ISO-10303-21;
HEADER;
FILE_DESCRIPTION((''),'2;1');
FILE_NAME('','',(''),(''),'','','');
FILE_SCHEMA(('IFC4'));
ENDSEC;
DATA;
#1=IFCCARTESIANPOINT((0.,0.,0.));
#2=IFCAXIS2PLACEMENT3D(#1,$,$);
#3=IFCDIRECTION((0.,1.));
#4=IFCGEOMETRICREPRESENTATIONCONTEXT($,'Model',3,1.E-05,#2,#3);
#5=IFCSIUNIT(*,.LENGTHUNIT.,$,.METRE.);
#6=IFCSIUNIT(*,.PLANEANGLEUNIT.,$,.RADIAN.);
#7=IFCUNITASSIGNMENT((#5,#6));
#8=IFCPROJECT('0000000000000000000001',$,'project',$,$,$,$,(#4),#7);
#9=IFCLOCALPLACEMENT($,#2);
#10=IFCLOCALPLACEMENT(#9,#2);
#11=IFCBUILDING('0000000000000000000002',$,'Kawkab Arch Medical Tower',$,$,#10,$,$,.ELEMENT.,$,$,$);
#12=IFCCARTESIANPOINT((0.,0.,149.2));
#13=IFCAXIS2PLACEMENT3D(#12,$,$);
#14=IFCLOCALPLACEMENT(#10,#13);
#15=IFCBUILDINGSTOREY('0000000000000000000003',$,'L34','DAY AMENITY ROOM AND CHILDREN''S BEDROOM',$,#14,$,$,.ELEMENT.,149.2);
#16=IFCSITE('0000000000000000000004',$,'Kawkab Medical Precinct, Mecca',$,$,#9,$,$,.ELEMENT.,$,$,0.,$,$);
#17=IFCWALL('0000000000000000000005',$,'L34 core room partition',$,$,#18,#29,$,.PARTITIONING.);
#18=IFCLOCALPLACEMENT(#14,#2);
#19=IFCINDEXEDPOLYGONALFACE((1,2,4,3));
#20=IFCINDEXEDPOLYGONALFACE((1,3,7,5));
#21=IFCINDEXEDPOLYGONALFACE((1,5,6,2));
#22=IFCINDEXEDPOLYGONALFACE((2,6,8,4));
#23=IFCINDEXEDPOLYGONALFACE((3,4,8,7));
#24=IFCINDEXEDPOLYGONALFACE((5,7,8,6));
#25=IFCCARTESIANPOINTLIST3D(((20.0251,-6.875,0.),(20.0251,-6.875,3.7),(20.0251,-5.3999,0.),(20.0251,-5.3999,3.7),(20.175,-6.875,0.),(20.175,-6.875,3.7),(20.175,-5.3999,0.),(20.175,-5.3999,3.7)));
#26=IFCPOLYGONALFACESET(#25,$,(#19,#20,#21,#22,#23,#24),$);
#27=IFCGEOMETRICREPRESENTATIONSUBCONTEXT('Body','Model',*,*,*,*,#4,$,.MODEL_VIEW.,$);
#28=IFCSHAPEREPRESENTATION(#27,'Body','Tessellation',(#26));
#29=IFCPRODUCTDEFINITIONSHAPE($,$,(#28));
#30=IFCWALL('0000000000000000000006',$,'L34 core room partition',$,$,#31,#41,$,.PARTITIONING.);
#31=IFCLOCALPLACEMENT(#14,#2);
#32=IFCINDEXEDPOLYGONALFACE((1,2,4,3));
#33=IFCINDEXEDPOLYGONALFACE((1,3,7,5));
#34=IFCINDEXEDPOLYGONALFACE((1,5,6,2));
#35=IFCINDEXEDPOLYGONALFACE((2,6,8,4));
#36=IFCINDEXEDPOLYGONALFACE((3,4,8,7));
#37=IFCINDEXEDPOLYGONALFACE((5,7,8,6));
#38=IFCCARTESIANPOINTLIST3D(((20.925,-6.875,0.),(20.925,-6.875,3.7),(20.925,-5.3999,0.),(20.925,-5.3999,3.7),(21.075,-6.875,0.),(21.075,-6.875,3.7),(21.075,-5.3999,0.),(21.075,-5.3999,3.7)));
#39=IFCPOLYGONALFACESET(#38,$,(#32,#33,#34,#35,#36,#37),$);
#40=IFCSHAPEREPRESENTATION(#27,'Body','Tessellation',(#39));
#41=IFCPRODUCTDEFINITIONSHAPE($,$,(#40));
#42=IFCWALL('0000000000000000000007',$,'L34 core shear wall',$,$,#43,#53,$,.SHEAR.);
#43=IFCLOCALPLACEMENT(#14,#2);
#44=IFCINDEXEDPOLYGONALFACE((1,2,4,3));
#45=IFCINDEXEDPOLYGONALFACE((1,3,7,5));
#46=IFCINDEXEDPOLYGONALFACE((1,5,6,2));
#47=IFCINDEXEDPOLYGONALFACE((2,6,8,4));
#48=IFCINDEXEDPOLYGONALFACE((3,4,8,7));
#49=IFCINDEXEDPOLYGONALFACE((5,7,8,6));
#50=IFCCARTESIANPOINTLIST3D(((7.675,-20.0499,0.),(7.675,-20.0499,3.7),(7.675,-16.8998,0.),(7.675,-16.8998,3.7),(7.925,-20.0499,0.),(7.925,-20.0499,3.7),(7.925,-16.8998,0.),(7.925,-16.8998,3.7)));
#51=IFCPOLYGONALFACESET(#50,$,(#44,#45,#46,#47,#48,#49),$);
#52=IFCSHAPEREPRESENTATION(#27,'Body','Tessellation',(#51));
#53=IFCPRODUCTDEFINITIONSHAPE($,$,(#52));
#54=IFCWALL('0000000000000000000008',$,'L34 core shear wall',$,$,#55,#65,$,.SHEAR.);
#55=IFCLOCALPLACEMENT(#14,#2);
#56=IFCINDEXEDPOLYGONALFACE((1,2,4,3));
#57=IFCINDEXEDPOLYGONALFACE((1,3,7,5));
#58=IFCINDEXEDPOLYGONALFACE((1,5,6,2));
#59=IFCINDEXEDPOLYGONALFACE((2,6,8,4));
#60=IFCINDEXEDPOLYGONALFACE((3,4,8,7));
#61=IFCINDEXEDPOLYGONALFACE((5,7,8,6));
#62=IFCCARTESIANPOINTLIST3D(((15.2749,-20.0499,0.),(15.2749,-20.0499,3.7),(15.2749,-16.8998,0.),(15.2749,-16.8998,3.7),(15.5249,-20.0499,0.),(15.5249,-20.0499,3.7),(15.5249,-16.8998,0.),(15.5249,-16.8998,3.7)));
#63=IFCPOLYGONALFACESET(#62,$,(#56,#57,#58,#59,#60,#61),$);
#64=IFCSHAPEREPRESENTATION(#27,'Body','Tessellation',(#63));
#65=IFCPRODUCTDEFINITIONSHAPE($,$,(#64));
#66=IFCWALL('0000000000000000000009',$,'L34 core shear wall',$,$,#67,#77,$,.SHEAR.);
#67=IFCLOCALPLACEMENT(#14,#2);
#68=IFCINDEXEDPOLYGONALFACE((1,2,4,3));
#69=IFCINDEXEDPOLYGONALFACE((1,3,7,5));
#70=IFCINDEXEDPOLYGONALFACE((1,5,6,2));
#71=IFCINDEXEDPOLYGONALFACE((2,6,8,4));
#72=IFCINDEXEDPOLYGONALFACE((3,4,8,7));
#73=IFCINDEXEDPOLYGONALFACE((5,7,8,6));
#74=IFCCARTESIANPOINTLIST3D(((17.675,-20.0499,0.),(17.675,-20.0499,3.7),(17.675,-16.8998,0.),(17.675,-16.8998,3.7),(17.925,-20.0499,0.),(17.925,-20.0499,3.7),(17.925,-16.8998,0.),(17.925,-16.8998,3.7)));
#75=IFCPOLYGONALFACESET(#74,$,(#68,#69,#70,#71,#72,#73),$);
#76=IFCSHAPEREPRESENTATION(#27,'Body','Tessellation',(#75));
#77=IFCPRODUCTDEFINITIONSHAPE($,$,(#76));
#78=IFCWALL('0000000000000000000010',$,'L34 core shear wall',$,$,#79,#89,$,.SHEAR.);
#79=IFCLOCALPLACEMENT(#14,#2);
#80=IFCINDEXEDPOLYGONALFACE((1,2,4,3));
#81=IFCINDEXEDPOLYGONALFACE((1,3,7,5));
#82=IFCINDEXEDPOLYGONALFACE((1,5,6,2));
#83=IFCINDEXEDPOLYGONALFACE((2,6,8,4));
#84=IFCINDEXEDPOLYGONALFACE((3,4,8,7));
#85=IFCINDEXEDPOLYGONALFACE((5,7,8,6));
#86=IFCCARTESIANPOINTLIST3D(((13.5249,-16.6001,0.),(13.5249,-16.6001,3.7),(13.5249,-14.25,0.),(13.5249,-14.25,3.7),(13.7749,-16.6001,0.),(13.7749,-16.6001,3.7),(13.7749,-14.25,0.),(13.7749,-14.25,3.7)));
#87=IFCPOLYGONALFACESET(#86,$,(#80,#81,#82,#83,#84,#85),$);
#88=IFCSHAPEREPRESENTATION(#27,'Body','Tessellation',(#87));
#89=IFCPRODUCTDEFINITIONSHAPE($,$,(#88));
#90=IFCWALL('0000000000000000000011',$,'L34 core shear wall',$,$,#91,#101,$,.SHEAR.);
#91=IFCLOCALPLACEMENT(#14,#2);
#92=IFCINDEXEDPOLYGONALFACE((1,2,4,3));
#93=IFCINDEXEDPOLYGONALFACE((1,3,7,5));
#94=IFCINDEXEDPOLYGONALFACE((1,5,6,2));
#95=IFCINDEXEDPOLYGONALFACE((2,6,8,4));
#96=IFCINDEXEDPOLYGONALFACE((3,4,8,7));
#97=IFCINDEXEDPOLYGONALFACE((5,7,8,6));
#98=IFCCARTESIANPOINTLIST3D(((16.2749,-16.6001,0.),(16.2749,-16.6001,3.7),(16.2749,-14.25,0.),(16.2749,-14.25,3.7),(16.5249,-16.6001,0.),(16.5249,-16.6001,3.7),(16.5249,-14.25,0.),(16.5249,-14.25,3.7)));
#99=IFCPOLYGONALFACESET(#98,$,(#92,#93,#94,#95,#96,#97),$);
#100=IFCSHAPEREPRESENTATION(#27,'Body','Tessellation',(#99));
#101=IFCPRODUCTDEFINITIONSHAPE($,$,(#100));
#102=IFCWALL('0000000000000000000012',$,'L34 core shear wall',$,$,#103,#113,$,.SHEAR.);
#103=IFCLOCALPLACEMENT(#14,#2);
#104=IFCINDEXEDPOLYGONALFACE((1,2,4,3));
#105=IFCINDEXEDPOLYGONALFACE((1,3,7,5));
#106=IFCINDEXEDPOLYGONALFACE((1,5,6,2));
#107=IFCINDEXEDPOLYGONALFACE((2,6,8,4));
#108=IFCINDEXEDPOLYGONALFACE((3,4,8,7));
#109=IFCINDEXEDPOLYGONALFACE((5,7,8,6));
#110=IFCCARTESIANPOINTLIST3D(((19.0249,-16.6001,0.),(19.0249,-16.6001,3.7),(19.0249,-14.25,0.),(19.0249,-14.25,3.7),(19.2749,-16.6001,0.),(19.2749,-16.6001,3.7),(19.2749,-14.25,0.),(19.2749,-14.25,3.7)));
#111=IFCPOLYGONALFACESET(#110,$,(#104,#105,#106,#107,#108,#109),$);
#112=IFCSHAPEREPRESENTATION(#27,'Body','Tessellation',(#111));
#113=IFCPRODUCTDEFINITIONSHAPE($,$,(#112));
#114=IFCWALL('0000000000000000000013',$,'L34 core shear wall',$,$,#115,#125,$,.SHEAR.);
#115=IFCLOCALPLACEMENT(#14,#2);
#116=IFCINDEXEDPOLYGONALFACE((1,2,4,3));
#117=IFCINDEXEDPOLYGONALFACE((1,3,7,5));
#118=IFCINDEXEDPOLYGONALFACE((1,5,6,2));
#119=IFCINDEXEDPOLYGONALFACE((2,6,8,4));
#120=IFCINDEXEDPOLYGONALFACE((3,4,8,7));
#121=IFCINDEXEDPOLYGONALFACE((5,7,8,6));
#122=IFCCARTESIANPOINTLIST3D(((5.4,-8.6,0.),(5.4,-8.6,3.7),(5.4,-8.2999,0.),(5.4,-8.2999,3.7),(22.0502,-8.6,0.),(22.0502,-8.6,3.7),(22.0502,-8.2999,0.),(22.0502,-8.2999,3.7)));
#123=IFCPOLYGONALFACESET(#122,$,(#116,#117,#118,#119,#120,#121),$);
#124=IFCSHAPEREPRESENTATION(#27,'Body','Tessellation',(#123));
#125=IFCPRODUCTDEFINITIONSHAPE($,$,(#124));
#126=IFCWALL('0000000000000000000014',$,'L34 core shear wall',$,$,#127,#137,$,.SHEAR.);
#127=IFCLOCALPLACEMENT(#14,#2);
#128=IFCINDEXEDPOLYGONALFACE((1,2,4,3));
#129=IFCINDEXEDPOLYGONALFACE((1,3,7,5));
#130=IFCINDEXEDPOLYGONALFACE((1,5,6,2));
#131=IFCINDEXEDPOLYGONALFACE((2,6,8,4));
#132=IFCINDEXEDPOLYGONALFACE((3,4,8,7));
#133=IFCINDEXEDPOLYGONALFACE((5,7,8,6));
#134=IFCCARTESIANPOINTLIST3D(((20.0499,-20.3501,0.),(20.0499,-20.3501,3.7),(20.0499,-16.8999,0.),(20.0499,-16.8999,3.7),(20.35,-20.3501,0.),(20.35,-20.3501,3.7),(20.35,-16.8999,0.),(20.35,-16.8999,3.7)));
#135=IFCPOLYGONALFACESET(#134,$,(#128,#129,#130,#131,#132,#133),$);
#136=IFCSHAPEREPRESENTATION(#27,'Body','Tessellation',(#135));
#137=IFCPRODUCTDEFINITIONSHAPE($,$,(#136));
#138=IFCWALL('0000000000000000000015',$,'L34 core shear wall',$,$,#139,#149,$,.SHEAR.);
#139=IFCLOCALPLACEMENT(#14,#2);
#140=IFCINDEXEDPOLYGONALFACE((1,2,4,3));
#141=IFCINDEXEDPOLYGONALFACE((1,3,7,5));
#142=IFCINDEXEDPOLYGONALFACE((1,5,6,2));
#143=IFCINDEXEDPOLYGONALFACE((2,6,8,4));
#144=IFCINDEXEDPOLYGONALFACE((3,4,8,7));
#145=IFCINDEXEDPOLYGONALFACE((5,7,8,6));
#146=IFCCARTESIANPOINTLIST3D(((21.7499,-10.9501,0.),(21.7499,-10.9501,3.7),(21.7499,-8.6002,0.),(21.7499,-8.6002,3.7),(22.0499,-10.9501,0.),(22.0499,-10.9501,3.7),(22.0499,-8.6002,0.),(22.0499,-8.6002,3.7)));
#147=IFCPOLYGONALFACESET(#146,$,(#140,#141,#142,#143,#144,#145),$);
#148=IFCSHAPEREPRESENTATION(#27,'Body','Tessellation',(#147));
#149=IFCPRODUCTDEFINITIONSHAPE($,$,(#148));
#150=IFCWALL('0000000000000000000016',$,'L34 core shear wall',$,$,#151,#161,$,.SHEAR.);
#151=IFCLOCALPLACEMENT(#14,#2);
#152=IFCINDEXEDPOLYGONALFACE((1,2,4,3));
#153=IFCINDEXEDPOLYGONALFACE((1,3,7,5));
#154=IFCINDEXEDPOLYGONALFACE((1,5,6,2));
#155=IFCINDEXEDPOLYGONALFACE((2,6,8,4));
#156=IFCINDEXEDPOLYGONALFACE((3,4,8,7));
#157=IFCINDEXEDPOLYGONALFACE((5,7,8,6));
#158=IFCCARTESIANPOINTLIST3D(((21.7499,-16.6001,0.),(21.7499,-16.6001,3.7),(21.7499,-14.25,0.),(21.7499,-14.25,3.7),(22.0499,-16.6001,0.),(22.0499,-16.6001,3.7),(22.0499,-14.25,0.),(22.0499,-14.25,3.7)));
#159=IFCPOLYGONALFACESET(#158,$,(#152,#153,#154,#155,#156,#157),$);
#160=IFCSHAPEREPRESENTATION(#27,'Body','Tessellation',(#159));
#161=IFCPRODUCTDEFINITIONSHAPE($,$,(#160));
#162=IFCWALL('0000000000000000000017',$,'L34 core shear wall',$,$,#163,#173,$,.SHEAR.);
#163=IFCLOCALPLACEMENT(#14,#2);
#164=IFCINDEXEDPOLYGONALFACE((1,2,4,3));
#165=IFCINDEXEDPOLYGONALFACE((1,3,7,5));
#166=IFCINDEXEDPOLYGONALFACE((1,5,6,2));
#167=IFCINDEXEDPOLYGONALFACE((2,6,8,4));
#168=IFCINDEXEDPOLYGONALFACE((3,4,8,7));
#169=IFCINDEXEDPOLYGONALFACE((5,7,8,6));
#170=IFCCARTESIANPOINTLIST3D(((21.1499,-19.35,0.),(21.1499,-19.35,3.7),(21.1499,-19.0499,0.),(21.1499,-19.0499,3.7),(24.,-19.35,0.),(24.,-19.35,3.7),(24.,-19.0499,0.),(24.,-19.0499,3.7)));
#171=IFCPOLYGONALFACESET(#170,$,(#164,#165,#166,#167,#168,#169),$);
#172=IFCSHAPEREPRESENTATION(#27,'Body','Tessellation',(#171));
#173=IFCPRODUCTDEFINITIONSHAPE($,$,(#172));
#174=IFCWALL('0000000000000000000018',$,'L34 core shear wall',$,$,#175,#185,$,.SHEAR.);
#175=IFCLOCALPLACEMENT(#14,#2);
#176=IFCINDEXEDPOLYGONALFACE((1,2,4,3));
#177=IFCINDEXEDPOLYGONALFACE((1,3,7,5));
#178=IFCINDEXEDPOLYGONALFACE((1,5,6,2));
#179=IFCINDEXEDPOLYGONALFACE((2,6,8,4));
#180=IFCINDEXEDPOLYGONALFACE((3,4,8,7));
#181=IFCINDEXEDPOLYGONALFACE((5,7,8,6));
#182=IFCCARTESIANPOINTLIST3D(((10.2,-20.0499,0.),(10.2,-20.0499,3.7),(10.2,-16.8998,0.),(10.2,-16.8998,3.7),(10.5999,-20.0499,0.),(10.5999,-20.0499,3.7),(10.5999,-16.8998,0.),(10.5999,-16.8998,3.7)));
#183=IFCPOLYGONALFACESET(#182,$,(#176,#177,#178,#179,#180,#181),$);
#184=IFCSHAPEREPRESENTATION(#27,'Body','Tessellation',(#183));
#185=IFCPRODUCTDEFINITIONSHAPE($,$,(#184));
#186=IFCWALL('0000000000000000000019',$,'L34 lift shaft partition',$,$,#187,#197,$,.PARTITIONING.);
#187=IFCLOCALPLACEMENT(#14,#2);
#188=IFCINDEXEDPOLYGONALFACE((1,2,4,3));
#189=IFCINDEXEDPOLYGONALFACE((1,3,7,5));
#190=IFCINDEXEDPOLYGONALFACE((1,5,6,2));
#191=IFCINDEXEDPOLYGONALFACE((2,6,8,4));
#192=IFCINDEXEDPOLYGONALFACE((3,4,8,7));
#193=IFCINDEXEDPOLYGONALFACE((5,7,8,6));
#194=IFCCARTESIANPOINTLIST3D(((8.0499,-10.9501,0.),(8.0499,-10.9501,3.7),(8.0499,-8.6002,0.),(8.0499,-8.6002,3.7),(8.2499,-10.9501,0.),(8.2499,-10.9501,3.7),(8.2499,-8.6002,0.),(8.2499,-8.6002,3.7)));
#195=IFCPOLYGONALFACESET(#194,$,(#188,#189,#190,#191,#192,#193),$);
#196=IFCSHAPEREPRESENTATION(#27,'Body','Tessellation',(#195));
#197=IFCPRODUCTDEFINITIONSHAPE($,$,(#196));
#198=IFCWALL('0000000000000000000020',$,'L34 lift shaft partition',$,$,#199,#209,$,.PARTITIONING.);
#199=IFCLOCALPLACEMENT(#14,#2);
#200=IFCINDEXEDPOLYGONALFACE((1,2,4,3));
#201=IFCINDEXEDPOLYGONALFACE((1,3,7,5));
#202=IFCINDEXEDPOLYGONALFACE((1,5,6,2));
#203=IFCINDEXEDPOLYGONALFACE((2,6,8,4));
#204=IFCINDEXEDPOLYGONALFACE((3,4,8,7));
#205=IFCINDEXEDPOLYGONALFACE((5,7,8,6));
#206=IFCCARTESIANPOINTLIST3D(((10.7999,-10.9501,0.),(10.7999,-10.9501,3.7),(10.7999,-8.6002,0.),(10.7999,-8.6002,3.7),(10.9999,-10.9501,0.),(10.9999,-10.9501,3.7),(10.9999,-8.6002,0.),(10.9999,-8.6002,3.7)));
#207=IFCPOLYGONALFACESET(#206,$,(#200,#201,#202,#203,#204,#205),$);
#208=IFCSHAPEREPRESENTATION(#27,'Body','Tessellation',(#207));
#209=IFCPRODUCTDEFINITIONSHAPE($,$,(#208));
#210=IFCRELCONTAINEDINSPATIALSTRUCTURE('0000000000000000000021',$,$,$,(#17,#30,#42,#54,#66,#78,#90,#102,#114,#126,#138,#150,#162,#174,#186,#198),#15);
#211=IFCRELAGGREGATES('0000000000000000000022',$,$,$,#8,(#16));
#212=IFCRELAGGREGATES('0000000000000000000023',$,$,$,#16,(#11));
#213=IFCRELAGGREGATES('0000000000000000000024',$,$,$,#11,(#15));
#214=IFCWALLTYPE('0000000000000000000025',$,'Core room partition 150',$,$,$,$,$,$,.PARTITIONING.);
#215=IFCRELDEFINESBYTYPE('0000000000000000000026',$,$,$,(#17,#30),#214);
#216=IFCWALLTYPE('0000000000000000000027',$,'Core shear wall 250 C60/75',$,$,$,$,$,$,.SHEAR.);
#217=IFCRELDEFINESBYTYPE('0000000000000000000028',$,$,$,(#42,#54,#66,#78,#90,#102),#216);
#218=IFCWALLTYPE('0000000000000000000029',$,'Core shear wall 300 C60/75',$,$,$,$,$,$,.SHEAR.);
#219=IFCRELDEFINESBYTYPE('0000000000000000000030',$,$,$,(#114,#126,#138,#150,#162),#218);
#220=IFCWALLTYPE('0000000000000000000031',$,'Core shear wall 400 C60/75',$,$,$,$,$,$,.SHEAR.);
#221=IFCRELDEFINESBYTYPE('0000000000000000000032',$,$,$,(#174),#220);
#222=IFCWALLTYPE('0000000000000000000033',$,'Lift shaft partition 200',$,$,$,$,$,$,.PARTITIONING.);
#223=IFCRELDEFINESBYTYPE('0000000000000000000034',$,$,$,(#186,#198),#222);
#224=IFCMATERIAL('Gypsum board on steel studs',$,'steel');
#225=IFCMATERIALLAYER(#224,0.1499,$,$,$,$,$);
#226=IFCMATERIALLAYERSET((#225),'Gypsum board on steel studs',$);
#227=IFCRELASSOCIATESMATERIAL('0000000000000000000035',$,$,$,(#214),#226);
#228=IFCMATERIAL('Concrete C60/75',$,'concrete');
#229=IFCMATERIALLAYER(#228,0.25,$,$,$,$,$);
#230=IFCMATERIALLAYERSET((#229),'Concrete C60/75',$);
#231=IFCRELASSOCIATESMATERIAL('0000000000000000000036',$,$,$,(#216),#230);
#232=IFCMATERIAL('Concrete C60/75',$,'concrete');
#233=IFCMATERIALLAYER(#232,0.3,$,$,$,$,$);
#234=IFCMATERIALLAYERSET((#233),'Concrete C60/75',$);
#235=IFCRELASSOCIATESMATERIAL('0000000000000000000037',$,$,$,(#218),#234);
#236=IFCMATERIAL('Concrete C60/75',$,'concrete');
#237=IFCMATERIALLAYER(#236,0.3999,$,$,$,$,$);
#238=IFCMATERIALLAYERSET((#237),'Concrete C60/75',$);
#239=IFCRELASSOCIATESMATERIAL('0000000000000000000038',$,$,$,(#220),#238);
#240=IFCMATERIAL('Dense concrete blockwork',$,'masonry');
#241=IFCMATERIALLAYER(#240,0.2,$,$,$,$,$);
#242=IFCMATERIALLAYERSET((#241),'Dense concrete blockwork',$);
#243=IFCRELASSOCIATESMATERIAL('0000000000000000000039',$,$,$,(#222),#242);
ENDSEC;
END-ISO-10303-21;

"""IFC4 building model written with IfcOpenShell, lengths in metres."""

from ifc_helpers import new_model, si_unit, direction, frame, frame_2d, origin, place, context, subcontext, project, spatial, rectangle, extrude, material, layer, layer_set, type_object, element, save


model = new_model("IFC4")

# Units and contexts
model_context = context("Model", 3, precision=1e-05, world=origin(), true_north=direction((0.0, 1.0)))
body_context = subcontext(model_context, "Body", "Model", "MODEL_VIEW")
ifc_project = project(units=[si_unit("LENGTHUNIT", "METRE"), si_unit("PLANEANGLEUNIT", "RADIAN")], contexts=[model_context])

# Site, building, storey
site_placement = place(None, origin())
site = spatial("IfcSite", under=ifc_project, at=site_placement, Name="Kawkab Medical Precinct, Mecca", CompositionType="ELEMENT", RefElevation=0.0)
building_placement = place(site_placement, origin())
building = spatial("IfcBuilding", under=site, at=building_placement, Name="Kawkab Arch Medical Tower", CompositionType="ELEMENT")
storey_placement = place(building_placement, frame((0.0, 0.0, 149.2)))
storey = spatial("IfcBuildingStorey", under=building, at=storey_placement, Name="L34", Description="DAY AMENITY ROOM AND CHILDREN'S BEDROOM", CompositionType="ELEMENT", Elevation=149.2)

# Shared definitions
ifc_material_1 = material(Name="Gypsum board on steel studs", Category="steel")
ifc_layer_1 = layer(ifc_material_1, 0.1499)
ifc_layer_set_1 = layer_set([ifc_layer_1], Name="Gypsum board on steel studs")
wall_type_1 = type_object("IfcWallType", Name="Core room partition 150", PredefinedType="PARTITIONING", material=ifc_layer_set_1)

# Walls
for number, where, z_axis, x_axis, name in (
    (1, (20.1001, -6.875, 0.0), (0.0, 0.0, 1.0), (0.0, 1.0, 0.0), "L34 core room partition"),
    (2, (21.0, -6.875, 0.0), (0.0, 0.0, 1.0), (0.0, 1.0, 0.0), "L34 core room partition"),
):
    element("IfcWall", number, at=place(storey_placement, frame(where, z_axis=z_axis, x_axis=x_axis)), inside=storey, type_object=wall_type_1, Name=name, PredefinedType="PARTITIONING", context=body_context, shape_type="SweptSolid", body=[
        extrude(rectangle(XDim=1.4751, YDim=0.1499, at=frame_2d((0.7375, 0.0))), origin(), (0.0, 0.0, 1.0), 3.7),
    ])
ifc_material_2 = material(Name="Concrete C60/75", Category="concrete")
ifc_layer_2 = layer(ifc_material_2, 0.25)
ifc_layer_set_2 = layer_set([ifc_layer_2], Name="Concrete C60/75")
wall_type_2 = type_object("IfcWallType", Name="Core shear wall 250 C60/75", PredefinedType="SHEAR", material=ifc_layer_set_2)
for number, where, z_axis, x_axis, name in (
    (3, (7.8, -20.05, 0.0), (0.0, 0.0, 1.0), (0.0, 1.0, 0.0), "L34 core shear wall"),
    (4, (15.3999, -20.05, 0.0), (0.0, 0.0, 1.0), (0.0, 1.0, 0.0), "L34 core shear wall"),
    (5, (17.8, -20.05, 0.0), (0.0, 0.0, 1.0), (0.0, 1.0, 0.0), "L34 core shear wall"),
):
    element("IfcWall", number, at=place(storey_placement, frame(where, z_axis=z_axis, x_axis=x_axis)), inside=storey, type_object=wall_type_2, Name=name, PredefinedType="SHEAR", context=body_context, shape_type="SweptSolid", body=[
        extrude(rectangle(XDim=3.1501, YDim=0.25, at=frame_2d((1.5752, 0.0))), origin(), (0.0, 0.0, 1.0), 3.7),
    ])
for number, where, z_axis, x_axis, name in (
    (6, (13.6499, -16.6001, 0.0), (0.0, 0.0, 1.0), (0.0, 1.0, 0.0), "L34 core shear wall"),
    (7, (16.3999, -16.6001, 0.0), (0.0, 0.0, 1.0), (0.0, 1.0, 0.0), "L34 core shear wall"),
    (8, (19.1499, -16.6001, 0.0), (0.0, 0.0, 1.0), (0.0, 1.0, 0.0), "L34 core shear wall"),
):
    element("IfcWall", number, at=place(storey_placement, frame(where, z_axis=z_axis, x_axis=x_axis)), inside=storey, type_object=wall_type_2, Name=name, PredefinedType="SHEAR", context=body_context, shape_type="SweptSolid", body=[
        extrude(rectangle(XDim=2.3501, YDim=0.25, at=frame_2d((1.175, 0.0))), origin(), (0.0, 0.0, 1.0), 3.7),
    ])
ifc_material_3 = material(Name="Concrete C60/75", Category="concrete")
ifc_layer_3 = layer(ifc_material_3, 0.3)
ifc_layer_set_3 = layer_set([ifc_layer_3], Name="Concrete C60/75")
wall_type_3 = type_object("IfcWallType", Name="Core shear wall 300 C60/75", PredefinedType="SHEAR", material=ifc_layer_set_3)
wall_1_placement = place(storey_placement, frame((5.3999, -8.45, 0.0), z_axis=(0.0, 0.0, 1.0), x_axis=(1.0, 0.0, 0.0)))
element("IfcWall", 9, at=wall_1_placement, inside=storey, type_object=wall_type_3, Name="L34 core shear wall", PredefinedType="SHEAR", context=body_context, shape_type="SweptSolid", body=[
    extrude(rectangle(XDim=16.6501, YDim=0.3, at=frame_2d((8.3252, 0.0))), origin(), (0.0, 0.0, 1.0), 3.7),
])
wall_2_placement = place(storey_placement, frame((20.2, -20.3501, 0.0), z_axis=(0.0, 0.0, 1.0), x_axis=(0.0, 1.0, 0.0)))
element("IfcWall", 10, at=wall_2_placement, inside=storey, type_object=wall_type_3, Name="L34 core shear wall", PredefinedType="SHEAR", context=body_context, shape_type="SweptSolid", body=[
    extrude(rectangle(XDim=3.4502, YDim=0.3, at=frame_2d((1.7251, 0.0))), origin(), (0.0, 0.0, 1.0), 3.7),
])
wall_3_placement = place(storey_placement, frame((21.8999, -10.95, 0.0), z_axis=(0.0, 0.0, 1.0), x_axis=(0.0, 1.0, 0.0)))
element("IfcWall", 11, at=wall_3_placement, inside=storey, type_object=wall_type_3, Name="L34 core shear wall", PredefinedType="SHEAR", context=body_context, shape_type="SweptSolid", body=[
    extrude(rectangle(XDim=2.3499, YDim=0.3, at=frame_2d((1.1748, 0.0))), origin(), (0.0, 0.0, 1.0), 3.7),
])
wall_4_placement = place(storey_placement, frame((21.8999, -16.6001, 0.0), z_axis=(0.0, 0.0, 1.0), x_axis=(0.0, 1.0, 0.0)))
element("IfcWall", 12, at=wall_4_placement, inside=storey, type_object=wall_type_3, Name="L34 core shear wall", PredefinedType="SHEAR", context=body_context, shape_type="SweptSolid", body=[
    extrude(rectangle(XDim=2.3501, YDim=0.3, at=frame_2d((1.175, 0.0))), origin(), (0.0, 0.0, 1.0), 3.7),
])
wall_5_placement = place(storey_placement, frame((21.1499, -19.2, 0.0), z_axis=(0.0, 0.0, 1.0), x_axis=(1.0, 0.0, 0.0)))
element("IfcWall", 13, at=wall_5_placement, inside=storey, type_object=wall_type_3, Name="L34 core shear wall", PredefinedType="SHEAR", context=body_context, shape_type="SweptSolid", body=[
    extrude(rectangle(XDim=2.8501, YDim=0.3, at=frame_2d((1.425, 0.0))), origin(), (0.0, 0.0, 1.0), 3.7),
])
ifc_material_4 = material(Name="Concrete C60/75", Category="concrete")
ifc_layer_4 = layer(ifc_material_4, 0.3999)
ifc_layer_set_4 = layer_set([ifc_layer_4], Name="Concrete C60/75")
wall_type_4 = type_object("IfcWallType", Name="Core shear wall 400 C60/75", PredefinedType="SHEAR", material=ifc_layer_set_4)
wall_6_placement = place(storey_placement, frame((10.3999, -20.05, 0.0), z_axis=(0.0, 0.0, 1.0), x_axis=(0.0, 1.0, 0.0)))
element("IfcWall", 14, at=wall_6_placement, inside=storey, type_object=wall_type_4, Name="L34 core shear wall", PredefinedType="SHEAR", context=body_context, shape_type="SweptSolid", body=[
    extrude(rectangle(XDim=3.1501, YDim=0.3999, at=frame_2d((1.5752, 0.0))), origin(), (0.0, 0.0, 1.0), 3.7),
])
ifc_material_5 = material(Name="Dense concrete blockwork", Category="masonry")
ifc_layer_5 = layer(ifc_material_5, 0.2)
ifc_layer_set_5 = layer_set([ifc_layer_5], Name="Dense concrete blockwork")
wall_type_5 = type_object("IfcWallType", Name="Lift shaft partition 200", PredefinedType="PARTITIONING", material=ifc_layer_set_5)
for number, where, z_axis, x_axis, name in (
    (15, (8.1499, -10.95, 0.0), (0.0, 0.0, 1.0), (0.0, 1.0, 0.0), "L34 lift shaft partition"),
    (16, (10.8999, -10.95, 0.0), (0.0, 0.0, 1.0), (0.0, 1.0, 0.0), "L34 lift shaft partition"),
):
    element("IfcWall", number, at=place(storey_placement, frame(where, z_axis=z_axis, x_axis=x_axis)), inside=storey, type_object=wall_type_5, Name=name, PredefinedType="PARTITIONING", context=body_context, shape_type="SweptSolid", body=[
        extrude(rectangle(XDim=2.3499, YDim=0.2, at=frame_2d((1.1748, 0.0))), origin(), (0.0, 0.0, 1.0), 3.7),
    ])

save(model, "model.ifc")
